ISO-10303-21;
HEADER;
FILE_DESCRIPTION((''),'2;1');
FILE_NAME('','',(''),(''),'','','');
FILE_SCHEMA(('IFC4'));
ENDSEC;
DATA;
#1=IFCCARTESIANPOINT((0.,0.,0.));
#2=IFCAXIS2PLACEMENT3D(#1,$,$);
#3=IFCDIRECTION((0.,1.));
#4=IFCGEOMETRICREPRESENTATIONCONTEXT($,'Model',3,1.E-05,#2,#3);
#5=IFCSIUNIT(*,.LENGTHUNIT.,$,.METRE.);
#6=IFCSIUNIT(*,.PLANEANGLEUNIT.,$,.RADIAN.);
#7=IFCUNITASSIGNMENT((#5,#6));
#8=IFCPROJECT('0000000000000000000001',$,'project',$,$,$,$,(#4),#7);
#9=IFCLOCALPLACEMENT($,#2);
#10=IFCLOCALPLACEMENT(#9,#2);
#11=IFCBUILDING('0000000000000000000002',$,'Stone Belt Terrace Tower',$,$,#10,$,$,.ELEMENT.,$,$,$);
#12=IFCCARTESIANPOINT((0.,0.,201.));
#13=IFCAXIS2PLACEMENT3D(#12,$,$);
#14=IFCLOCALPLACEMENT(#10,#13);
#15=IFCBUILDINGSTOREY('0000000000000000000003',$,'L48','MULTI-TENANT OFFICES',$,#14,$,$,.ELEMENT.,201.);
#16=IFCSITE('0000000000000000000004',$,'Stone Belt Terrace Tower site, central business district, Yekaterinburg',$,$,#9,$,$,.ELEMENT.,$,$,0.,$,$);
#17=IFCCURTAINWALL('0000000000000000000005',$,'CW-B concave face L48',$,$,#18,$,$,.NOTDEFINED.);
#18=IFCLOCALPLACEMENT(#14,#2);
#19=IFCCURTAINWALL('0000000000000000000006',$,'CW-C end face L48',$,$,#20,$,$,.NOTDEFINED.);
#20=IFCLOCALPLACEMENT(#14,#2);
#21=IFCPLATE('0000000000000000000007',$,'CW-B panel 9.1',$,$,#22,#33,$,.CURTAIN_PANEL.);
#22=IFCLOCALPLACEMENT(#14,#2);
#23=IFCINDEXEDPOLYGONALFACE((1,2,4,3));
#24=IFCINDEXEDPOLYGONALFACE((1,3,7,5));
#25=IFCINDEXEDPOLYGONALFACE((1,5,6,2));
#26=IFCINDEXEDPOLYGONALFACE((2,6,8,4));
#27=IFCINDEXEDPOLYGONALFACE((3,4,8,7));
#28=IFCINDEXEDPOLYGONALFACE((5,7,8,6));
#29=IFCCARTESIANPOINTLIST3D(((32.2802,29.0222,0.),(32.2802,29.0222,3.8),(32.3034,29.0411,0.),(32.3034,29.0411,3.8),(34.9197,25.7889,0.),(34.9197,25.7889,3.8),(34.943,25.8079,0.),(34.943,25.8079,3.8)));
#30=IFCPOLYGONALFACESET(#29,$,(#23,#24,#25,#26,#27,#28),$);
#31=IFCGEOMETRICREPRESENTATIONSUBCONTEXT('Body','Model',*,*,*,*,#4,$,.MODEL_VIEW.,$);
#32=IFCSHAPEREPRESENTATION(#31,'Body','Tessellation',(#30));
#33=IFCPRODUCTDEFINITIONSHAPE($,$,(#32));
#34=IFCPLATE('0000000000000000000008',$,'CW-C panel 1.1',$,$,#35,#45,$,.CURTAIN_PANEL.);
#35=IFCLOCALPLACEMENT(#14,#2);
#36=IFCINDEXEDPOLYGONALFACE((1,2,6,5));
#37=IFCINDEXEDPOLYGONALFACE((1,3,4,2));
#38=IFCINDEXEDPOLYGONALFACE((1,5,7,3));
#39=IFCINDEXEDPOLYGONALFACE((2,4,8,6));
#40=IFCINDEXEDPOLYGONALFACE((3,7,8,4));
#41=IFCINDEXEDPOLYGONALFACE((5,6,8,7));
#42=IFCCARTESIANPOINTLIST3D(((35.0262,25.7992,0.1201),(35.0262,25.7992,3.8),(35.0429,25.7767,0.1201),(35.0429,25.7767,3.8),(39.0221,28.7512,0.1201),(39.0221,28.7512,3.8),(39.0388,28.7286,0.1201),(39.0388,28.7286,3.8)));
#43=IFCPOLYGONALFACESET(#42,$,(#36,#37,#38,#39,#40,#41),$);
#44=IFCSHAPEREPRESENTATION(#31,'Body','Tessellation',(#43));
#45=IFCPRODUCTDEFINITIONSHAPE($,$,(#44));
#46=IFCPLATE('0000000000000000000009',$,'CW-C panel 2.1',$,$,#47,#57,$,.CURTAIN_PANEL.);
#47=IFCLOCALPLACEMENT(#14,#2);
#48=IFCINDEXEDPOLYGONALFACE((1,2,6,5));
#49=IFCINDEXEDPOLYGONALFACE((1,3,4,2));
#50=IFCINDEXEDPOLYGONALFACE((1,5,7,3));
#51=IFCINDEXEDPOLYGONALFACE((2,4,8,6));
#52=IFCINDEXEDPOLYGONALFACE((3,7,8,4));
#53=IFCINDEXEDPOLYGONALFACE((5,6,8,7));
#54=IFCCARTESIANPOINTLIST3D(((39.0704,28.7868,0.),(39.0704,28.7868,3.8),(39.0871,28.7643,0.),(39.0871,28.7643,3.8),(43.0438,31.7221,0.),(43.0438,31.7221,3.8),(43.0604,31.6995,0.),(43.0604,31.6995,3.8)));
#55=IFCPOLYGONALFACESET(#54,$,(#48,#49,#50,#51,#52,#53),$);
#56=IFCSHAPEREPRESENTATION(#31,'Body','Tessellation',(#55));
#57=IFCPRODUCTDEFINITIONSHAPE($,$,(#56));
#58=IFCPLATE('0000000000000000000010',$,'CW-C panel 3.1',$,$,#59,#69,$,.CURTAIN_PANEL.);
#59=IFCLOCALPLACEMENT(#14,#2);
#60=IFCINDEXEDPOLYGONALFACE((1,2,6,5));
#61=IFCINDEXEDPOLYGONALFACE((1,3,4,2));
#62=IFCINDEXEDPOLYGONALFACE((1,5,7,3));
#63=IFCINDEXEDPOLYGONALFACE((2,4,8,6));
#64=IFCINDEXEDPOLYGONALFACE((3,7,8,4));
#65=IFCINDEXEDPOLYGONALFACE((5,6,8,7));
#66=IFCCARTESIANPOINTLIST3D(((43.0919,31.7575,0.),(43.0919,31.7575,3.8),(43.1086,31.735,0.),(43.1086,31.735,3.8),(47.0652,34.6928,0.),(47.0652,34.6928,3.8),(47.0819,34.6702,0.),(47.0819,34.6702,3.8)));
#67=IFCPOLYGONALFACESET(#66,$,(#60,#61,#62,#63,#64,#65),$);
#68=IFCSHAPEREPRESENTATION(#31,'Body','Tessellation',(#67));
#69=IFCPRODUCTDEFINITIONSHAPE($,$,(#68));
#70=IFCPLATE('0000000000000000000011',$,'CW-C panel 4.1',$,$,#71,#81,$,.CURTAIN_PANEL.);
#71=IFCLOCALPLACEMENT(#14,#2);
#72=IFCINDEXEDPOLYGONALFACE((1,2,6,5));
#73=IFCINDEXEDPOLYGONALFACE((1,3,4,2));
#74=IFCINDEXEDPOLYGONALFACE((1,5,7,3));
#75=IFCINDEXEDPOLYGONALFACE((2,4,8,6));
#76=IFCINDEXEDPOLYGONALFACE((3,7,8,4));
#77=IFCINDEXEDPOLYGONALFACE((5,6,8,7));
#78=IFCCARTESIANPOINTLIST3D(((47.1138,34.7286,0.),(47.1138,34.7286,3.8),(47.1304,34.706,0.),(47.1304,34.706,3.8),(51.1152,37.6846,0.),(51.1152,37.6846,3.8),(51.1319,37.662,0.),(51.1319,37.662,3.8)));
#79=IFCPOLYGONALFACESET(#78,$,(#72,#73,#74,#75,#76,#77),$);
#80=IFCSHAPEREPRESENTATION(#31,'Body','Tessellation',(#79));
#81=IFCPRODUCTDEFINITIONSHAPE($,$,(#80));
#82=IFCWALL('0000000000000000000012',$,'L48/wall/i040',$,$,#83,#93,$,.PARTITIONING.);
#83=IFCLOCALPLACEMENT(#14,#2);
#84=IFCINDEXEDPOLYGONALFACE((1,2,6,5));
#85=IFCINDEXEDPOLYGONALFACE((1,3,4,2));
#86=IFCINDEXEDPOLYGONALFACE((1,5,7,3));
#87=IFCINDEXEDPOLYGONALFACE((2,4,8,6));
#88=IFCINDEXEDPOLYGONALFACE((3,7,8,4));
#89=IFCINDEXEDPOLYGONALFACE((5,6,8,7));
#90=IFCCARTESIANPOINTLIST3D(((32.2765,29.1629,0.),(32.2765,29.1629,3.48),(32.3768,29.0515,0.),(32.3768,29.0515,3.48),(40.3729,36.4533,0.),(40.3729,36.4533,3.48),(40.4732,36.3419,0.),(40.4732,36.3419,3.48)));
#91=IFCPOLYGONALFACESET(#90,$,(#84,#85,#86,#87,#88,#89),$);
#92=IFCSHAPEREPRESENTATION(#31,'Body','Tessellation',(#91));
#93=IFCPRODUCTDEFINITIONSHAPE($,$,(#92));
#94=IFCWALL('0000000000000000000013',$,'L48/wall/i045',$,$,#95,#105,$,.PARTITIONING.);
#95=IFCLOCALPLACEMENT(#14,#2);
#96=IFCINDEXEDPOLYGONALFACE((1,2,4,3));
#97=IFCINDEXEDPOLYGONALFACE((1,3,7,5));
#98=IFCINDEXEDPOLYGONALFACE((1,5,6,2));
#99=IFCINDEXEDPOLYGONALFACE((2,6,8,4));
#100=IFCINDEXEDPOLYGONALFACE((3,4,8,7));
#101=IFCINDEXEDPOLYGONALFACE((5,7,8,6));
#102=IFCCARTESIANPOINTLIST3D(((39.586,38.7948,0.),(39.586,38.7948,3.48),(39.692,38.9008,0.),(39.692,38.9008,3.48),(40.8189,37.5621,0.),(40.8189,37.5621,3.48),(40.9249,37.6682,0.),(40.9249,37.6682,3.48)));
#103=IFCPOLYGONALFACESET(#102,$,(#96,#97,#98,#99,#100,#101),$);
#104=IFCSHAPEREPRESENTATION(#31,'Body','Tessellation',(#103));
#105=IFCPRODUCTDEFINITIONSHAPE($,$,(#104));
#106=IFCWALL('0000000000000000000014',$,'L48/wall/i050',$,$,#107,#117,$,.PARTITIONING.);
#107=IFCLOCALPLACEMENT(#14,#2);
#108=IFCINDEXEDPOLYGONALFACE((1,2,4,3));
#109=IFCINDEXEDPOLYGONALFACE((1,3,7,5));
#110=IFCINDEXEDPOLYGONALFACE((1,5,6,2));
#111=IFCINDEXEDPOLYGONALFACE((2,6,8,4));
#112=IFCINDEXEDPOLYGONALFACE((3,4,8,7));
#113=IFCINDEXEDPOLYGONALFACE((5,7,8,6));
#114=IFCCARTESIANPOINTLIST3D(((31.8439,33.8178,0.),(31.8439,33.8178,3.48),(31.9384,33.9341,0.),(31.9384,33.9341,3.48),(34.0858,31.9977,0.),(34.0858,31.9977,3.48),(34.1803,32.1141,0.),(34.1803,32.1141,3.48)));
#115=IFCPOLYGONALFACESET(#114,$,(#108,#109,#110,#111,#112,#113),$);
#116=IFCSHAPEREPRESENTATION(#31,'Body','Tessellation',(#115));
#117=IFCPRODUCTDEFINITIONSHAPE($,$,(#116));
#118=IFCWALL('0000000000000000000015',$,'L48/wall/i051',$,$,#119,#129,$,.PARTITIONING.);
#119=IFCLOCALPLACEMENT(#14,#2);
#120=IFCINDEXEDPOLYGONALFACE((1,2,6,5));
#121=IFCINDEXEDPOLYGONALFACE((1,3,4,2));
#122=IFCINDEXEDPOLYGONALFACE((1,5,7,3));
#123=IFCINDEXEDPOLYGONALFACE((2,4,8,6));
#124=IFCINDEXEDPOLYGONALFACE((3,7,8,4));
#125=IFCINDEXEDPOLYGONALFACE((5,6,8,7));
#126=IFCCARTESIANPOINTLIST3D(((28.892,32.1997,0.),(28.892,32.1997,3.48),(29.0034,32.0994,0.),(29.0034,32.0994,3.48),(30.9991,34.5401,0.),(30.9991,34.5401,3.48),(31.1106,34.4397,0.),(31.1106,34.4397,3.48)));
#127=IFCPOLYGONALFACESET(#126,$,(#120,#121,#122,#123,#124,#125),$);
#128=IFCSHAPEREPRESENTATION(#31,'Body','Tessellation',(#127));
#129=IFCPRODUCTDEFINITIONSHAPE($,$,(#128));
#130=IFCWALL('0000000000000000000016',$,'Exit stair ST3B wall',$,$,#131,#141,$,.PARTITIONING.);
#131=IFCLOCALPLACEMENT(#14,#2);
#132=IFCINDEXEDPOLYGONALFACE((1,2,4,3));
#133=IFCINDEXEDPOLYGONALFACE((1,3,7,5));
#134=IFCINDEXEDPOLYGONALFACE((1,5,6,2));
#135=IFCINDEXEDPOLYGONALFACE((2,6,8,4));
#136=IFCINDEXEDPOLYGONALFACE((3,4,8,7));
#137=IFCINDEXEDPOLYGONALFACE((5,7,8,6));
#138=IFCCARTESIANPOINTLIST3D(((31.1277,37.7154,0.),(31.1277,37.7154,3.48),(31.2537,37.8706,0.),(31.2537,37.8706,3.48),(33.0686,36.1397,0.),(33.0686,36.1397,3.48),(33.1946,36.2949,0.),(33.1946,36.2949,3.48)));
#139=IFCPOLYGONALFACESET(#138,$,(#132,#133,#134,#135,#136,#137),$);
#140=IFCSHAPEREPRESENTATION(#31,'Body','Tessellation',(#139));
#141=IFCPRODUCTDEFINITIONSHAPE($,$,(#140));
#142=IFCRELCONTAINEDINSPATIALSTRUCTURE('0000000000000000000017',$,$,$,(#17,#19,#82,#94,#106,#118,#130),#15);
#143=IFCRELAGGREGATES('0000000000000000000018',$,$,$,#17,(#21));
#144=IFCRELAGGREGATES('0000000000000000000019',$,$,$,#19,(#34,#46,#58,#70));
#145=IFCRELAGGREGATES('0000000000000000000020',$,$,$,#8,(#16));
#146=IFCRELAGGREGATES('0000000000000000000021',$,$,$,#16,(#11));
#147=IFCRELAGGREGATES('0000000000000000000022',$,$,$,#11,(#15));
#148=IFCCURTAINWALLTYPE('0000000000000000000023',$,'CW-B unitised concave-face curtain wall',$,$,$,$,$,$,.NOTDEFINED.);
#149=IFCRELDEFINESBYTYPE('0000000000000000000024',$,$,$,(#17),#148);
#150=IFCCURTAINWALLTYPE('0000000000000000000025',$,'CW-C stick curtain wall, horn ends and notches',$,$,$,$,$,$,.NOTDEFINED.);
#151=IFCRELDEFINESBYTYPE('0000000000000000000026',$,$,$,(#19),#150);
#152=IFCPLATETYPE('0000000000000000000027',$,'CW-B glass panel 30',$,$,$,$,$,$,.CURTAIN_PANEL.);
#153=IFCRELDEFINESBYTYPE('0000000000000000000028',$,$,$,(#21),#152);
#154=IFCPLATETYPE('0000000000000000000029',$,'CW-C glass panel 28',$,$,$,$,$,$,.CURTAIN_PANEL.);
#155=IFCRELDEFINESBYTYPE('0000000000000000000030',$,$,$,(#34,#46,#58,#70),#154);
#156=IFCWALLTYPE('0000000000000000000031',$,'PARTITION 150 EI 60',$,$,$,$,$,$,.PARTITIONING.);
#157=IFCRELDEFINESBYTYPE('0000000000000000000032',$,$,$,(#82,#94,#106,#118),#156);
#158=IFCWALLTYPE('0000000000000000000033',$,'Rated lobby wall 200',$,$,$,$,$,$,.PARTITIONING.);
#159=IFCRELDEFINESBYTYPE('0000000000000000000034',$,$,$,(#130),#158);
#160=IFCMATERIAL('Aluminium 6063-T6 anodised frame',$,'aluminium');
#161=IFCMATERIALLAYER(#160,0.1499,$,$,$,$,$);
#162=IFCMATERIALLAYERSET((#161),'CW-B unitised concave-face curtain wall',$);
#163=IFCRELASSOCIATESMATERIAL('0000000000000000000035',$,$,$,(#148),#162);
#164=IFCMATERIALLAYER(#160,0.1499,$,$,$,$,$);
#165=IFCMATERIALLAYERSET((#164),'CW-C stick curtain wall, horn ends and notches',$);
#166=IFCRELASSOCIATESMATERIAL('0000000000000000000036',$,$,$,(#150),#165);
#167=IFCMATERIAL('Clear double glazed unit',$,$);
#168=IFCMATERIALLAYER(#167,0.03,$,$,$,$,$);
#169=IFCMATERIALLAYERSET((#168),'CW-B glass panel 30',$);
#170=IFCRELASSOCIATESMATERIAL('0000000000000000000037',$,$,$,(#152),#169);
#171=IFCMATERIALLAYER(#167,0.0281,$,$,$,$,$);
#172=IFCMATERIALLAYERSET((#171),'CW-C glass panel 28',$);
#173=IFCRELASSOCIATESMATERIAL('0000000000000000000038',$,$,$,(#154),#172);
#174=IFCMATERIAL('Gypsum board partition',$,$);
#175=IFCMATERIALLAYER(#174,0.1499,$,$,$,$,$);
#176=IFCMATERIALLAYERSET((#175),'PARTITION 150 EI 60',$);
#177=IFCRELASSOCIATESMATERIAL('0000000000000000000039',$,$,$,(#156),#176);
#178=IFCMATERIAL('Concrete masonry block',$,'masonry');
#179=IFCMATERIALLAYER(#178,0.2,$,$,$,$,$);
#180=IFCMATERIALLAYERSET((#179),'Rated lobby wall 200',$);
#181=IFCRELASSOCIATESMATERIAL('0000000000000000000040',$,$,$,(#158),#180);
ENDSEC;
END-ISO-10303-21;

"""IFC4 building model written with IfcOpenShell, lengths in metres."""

from ifc_helpers import new_model, si_unit, direction, frame, frame_2d, origin, origin_2d, place, context, subcontext, project, spatial, rectangle, extrude, material, layer, layer_set, type_object, element, aggregate, save


model = new_model("IFC4")

# Units and contexts
model_context = context("Model", 3, precision=1e-05, world=origin(), true_north=direction((0.0, 1.0)))
body_context = subcontext(model_context, "Body", "Model", "MODEL_VIEW")
ifc_project = project(units=[si_unit("LENGTHUNIT", "METRE"), si_unit("PLANEANGLEUNIT", "RADIAN")], contexts=[model_context])

# Site, building, storey
site_placement = place(None, origin())
site = spatial("IfcSite", under=ifc_project, at=site_placement, Name="Stone Belt Terrace Tower site, central business district, Yekaterinburg", CompositionType="ELEMENT", RefElevation=0.0)
building_placement = place(site_placement, origin())
building = spatial("IfcBuilding", under=site, at=building_placement, Name="Stone Belt Terrace Tower", CompositionType="ELEMENT")
storey_placement = place(building_placement, frame((0.0, 0.0, 201.0)))
storey = spatial("IfcBuildingStorey", under=building, at=storey_placement, Name="L48", Description="MULTI-TENANT OFFICES", CompositionType="ELEMENT", Elevation=201.0)

# Curtain wall
ifc_material_1 = material(Name="Aluminium 6063-T6 anodised frame", Category="aluminium")
ifc_layer_1 = layer(ifc_material_1, 0.1499)
ifc_layer_set_1 = layer_set([ifc_layer_1], Name="CW-B unitised concave-face curtain wall")
curtain_wall_type_1 = type_object("IfcCurtainWallType", Name="CW-B unitised concave-face curtain wall", PredefinedType="NOTDEFINED", material=ifc_layer_set_1)
curtain_wall_1_placement = place(storey_placement, origin())
curtain_wall_1 = element("IfcCurtainWall", 1, at=curtain_wall_1_placement, inside=storey, type_object=curtain_wall_type_1, Name="CW-B concave face L48", PredefinedType="NOTDEFINED")

# Curtain wall
ifc_layer_2 = layer(ifc_material_1, 0.1499)
ifc_layer_set_2 = layer_set([ifc_layer_2], Name="CW-C stick curtain wall, horn ends and notches")
curtain_wall_type_2 = type_object("IfcCurtainWallType", Name="CW-C stick curtain wall, horn ends and notches", PredefinedType="NOTDEFINED", material=ifc_layer_set_2)
curtain_wall_2_placement = place(storey_placement, origin())
curtain_wall_2 = element("IfcCurtainWall", 2, at=curtain_wall_2_placement, inside=storey, type_object=curtain_wall_type_2, Name="CW-C end face L48", PredefinedType="NOTDEFINED")

# Plates
ifc_material_2 = material(Name="Clear double glazed unit")
ifc_layer_3 = layer(ifc_material_2, 0.03)
ifc_layer_set_3 = layer_set([ifc_layer_3], Name="CW-B glass panel 30")
plate_type_1 = type_object("IfcPlateType", Name="CW-B glass panel 30", PredefinedType="CURTAIN_PANEL", material=ifc_layer_set_3)
plate_1_placement = place(storey_placement, frame((33.6116, 27.415, 0.0), z_axis=(0.0, 0.0, 1.0), x_axis=(0.632398, -0.774644, 0.0)))
plate_1 = element("IfcPlate", 3, at=plate_1_placement, type_object=plate_type_1, Name="CW-B panel 9.1", PredefinedType="CURTAIN_PANEL", context=body_context, shape_type="SweptSolid", body=[
    extrude(rectangle(XDim=4.1738, YDim=0.03, at=origin_2d()), origin(), (0.0, 0.0, 1.0), 3.8),
])
aggregate(curtain_wall_1, [plate_1])
ifc_layer_4 = layer(ifc_material_2, 0.0281)
ifc_layer_set_4 = layer_set([ifc_layer_4], Name="CW-C glass panel 28")
plate_type_2 = type_object("IfcPlateType", Name="CW-C glass panel 28", PredefinedType="CURTAIN_PANEL", material=ifc_layer_set_4)
plate_2_placement = place(storey_placement, frame((37.0325, 27.2639, 0.1201), z_axis=(0.0, 0.0, 1.0), x_axis=(0.804329, 0.594184, 0.0)))
plate_2 = element("IfcPlate", 4, at=plate_2_placement, type_object=plate_type_2, Name="CW-C panel 1.1", PredefinedType="CURTAIN_PANEL", context=body_context, shape_type="SweptSolid", body=[
    extrude(rectangle(XDim=4.968, YDim=0.0281, at=origin_2d()), origin(), (0.0, 0.0, 1.0), 3.6799),
])
plate_3_placement = place(storey_placement, frame((41.0654, 30.2432, 0.0), z_axis=(0.0, 0.0, 1.0), x_axis=(0.804329, 0.594184, 0.0)))
plate_3 = element("IfcPlate", 5, at=plate_3_placement, type_object=plate_type_2, Name="CW-C panel 2.1", PredefinedType="CURTAIN_PANEL", context=body_context, shape_type="SweptSolid", body=[
    extrude(rectangle(XDim=4.9399, YDim=0.0281, at=origin_2d()), origin(), (0.0, 0.0, 1.0), 3.8),
])
plate_4_placement = place(storey_placement, frame((45.0869, 33.2139, 0.0), z_axis=(0.0, 0.0, 1.0), x_axis=(0.804329, 0.594184, 0.0)))
plate_4 = element("IfcPlate", 6, at=plate_4_placement, type_object=plate_type_2, Name="CW-C panel 3.1", PredefinedType="CURTAIN_PANEL", context=body_context, shape_type="SweptSolid", body=[
    extrude(rectangle(XDim=4.9399, YDim=0.0281, at=origin_2d()), origin(), (0.0, 0.0, 1.0), 3.8),
])
plate_5_placement = place(storey_placement, frame((49.1228, 36.1953, 0.0), z_axis=(0.0, 0.0, 1.0), x_axis=(0.804329, 0.594184, 0.0)))
plate_5 = element("IfcPlate", 7, at=plate_5_placement, type_object=plate_type_2, Name="CW-C panel 4.1", PredefinedType="CURTAIN_PANEL", context=body_context, shape_type="SweptSolid", body=[
    extrude(rectangle(XDim=4.9749, YDim=0.0281, at=origin_2d()), origin(), (0.0, 0.0, 1.0), 3.8),
])
aggregate(curtain_wall_2, [plate_2, plate_3, plate_4, plate_5])

# Walls
ifc_material_3 = material(Name="Gypsum board partition")
ifc_layer_5 = layer(ifc_material_3, 0.1499)
ifc_layer_set_5 = layer_set([ifc_layer_5], Name="PARTITION 150 EI 60")
wall_type_1 = type_object("IfcWallType", Name="PARTITION 150 EI 60", PredefinedType="PARTITIONING", material=ifc_layer_set_5)
wall_1_placement = place(storey_placement, frame((32.3267, 29.1072, 0.0), z_axis=(0.0, 0.0, 1.0), x_axis=(0.743124, 0.669154, 0.0)))
element("IfcWall", 8, at=wall_1_placement, inside=storey, type_object=wall_type_1, Name="L48/wall/i040", PredefinedType="PARTITIONING", context=body_context, shape_type="SweptSolid", body=[
    extrude(rectangle(XDim=10.895, YDim=0.1499, at=frame_2d((5.4475, 0.0))), origin(), (0.0, 0.0, 1.0), 3.48),
])
wall_2_placement = place(storey_placement, frame((40.8718, 37.6152, 0.0), z_axis=(0.0, 0.0, 1.0), x_axis=(-0.707177, 0.707037, 0.0)))
element("IfcWall", 9, at=wall_2_placement, inside=storey, type_object=wall_type_1, Name="L48/wall/i045", PredefinedType="PARTITIONING", context=body_context, shape_type="SweptSolid", body=[
    extrude(rectangle(XDim=1.7434, YDim=0.1499, at=frame_2d((0.8716, 0.0))), origin(), (0.0, 0.0, 1.0), 3.48),
])
wall_3_placement = place(storey_placement, frame((34.1331, 32.0559, 0.0), z_axis=(0.0, 0.0, 1.0), x_axis=(-0.77637, 0.630277, 0.0)))
element("IfcWall", 10, at=wall_3_placement, inside=storey, type_object=wall_type_1, Name="L48/wall/i050", PredefinedType="PARTITIONING", context=body_context, shape_type="SweptSolid", body=[
    extrude(rectangle(XDim=2.8877, YDim=0.1499, at=frame_2d((1.4438, 0.0))), origin(), (0.0, 0.0, 1.0), 3.48),
])
wall_4_placement = place(storey_placement, frame((31.0549, 34.49, 0.0), z_axis=(0.0, 0.0, 1.0), x_axis=(-0.669119, -0.743155, 0.0)))
element("IfcWall", 11, at=wall_4_placement, inside=storey, type_object=wall_type_1, Name="L48/wall/i051", PredefinedType="PARTITIONING", context=body_context, shape_type="SweptSolid", body=[
    extrude(rectangle(XDim=3.1492, YDim=0.1499, at=frame_2d((1.5747, 0.0))), origin(), (0.0, 0.0, 1.0), 3.48),
])
ifc_material_4 = material(Name="Concrete masonry block", Category="masonry")
ifc_layer_6 = layer(ifc_material_4, 0.2)
ifc_layer_set_6 = layer_set([ifc_layer_6], Name="Rated lobby wall 200")
wall_type_2 = type_object("IfcWallType", Name="Rated lobby wall 200", PredefinedType="PARTITIONING", material=ifc_layer_set_6)
wall_5_placement = place(storey_placement, frame((31.1907, 37.793, 0.0), z_axis=(0.0, 0.0, 1.0), x_axis=(0.776371, -0.630276, 0.0)))
element("IfcWall", 12, at=wall_5_placement, inside=storey, type_object=wall_type_2, Name="Exit stair ST3B wall", PredefinedType="PARTITIONING", context=body_context, shape_type="SweptSolid", body=[
    extrude(rectangle(XDim=2.5, YDim=0.2, at=frame_2d((1.25, 0.0))), origin(), (0.0, 0.0, 1.0), 3.48),
])

save(model, "model.ifc")
